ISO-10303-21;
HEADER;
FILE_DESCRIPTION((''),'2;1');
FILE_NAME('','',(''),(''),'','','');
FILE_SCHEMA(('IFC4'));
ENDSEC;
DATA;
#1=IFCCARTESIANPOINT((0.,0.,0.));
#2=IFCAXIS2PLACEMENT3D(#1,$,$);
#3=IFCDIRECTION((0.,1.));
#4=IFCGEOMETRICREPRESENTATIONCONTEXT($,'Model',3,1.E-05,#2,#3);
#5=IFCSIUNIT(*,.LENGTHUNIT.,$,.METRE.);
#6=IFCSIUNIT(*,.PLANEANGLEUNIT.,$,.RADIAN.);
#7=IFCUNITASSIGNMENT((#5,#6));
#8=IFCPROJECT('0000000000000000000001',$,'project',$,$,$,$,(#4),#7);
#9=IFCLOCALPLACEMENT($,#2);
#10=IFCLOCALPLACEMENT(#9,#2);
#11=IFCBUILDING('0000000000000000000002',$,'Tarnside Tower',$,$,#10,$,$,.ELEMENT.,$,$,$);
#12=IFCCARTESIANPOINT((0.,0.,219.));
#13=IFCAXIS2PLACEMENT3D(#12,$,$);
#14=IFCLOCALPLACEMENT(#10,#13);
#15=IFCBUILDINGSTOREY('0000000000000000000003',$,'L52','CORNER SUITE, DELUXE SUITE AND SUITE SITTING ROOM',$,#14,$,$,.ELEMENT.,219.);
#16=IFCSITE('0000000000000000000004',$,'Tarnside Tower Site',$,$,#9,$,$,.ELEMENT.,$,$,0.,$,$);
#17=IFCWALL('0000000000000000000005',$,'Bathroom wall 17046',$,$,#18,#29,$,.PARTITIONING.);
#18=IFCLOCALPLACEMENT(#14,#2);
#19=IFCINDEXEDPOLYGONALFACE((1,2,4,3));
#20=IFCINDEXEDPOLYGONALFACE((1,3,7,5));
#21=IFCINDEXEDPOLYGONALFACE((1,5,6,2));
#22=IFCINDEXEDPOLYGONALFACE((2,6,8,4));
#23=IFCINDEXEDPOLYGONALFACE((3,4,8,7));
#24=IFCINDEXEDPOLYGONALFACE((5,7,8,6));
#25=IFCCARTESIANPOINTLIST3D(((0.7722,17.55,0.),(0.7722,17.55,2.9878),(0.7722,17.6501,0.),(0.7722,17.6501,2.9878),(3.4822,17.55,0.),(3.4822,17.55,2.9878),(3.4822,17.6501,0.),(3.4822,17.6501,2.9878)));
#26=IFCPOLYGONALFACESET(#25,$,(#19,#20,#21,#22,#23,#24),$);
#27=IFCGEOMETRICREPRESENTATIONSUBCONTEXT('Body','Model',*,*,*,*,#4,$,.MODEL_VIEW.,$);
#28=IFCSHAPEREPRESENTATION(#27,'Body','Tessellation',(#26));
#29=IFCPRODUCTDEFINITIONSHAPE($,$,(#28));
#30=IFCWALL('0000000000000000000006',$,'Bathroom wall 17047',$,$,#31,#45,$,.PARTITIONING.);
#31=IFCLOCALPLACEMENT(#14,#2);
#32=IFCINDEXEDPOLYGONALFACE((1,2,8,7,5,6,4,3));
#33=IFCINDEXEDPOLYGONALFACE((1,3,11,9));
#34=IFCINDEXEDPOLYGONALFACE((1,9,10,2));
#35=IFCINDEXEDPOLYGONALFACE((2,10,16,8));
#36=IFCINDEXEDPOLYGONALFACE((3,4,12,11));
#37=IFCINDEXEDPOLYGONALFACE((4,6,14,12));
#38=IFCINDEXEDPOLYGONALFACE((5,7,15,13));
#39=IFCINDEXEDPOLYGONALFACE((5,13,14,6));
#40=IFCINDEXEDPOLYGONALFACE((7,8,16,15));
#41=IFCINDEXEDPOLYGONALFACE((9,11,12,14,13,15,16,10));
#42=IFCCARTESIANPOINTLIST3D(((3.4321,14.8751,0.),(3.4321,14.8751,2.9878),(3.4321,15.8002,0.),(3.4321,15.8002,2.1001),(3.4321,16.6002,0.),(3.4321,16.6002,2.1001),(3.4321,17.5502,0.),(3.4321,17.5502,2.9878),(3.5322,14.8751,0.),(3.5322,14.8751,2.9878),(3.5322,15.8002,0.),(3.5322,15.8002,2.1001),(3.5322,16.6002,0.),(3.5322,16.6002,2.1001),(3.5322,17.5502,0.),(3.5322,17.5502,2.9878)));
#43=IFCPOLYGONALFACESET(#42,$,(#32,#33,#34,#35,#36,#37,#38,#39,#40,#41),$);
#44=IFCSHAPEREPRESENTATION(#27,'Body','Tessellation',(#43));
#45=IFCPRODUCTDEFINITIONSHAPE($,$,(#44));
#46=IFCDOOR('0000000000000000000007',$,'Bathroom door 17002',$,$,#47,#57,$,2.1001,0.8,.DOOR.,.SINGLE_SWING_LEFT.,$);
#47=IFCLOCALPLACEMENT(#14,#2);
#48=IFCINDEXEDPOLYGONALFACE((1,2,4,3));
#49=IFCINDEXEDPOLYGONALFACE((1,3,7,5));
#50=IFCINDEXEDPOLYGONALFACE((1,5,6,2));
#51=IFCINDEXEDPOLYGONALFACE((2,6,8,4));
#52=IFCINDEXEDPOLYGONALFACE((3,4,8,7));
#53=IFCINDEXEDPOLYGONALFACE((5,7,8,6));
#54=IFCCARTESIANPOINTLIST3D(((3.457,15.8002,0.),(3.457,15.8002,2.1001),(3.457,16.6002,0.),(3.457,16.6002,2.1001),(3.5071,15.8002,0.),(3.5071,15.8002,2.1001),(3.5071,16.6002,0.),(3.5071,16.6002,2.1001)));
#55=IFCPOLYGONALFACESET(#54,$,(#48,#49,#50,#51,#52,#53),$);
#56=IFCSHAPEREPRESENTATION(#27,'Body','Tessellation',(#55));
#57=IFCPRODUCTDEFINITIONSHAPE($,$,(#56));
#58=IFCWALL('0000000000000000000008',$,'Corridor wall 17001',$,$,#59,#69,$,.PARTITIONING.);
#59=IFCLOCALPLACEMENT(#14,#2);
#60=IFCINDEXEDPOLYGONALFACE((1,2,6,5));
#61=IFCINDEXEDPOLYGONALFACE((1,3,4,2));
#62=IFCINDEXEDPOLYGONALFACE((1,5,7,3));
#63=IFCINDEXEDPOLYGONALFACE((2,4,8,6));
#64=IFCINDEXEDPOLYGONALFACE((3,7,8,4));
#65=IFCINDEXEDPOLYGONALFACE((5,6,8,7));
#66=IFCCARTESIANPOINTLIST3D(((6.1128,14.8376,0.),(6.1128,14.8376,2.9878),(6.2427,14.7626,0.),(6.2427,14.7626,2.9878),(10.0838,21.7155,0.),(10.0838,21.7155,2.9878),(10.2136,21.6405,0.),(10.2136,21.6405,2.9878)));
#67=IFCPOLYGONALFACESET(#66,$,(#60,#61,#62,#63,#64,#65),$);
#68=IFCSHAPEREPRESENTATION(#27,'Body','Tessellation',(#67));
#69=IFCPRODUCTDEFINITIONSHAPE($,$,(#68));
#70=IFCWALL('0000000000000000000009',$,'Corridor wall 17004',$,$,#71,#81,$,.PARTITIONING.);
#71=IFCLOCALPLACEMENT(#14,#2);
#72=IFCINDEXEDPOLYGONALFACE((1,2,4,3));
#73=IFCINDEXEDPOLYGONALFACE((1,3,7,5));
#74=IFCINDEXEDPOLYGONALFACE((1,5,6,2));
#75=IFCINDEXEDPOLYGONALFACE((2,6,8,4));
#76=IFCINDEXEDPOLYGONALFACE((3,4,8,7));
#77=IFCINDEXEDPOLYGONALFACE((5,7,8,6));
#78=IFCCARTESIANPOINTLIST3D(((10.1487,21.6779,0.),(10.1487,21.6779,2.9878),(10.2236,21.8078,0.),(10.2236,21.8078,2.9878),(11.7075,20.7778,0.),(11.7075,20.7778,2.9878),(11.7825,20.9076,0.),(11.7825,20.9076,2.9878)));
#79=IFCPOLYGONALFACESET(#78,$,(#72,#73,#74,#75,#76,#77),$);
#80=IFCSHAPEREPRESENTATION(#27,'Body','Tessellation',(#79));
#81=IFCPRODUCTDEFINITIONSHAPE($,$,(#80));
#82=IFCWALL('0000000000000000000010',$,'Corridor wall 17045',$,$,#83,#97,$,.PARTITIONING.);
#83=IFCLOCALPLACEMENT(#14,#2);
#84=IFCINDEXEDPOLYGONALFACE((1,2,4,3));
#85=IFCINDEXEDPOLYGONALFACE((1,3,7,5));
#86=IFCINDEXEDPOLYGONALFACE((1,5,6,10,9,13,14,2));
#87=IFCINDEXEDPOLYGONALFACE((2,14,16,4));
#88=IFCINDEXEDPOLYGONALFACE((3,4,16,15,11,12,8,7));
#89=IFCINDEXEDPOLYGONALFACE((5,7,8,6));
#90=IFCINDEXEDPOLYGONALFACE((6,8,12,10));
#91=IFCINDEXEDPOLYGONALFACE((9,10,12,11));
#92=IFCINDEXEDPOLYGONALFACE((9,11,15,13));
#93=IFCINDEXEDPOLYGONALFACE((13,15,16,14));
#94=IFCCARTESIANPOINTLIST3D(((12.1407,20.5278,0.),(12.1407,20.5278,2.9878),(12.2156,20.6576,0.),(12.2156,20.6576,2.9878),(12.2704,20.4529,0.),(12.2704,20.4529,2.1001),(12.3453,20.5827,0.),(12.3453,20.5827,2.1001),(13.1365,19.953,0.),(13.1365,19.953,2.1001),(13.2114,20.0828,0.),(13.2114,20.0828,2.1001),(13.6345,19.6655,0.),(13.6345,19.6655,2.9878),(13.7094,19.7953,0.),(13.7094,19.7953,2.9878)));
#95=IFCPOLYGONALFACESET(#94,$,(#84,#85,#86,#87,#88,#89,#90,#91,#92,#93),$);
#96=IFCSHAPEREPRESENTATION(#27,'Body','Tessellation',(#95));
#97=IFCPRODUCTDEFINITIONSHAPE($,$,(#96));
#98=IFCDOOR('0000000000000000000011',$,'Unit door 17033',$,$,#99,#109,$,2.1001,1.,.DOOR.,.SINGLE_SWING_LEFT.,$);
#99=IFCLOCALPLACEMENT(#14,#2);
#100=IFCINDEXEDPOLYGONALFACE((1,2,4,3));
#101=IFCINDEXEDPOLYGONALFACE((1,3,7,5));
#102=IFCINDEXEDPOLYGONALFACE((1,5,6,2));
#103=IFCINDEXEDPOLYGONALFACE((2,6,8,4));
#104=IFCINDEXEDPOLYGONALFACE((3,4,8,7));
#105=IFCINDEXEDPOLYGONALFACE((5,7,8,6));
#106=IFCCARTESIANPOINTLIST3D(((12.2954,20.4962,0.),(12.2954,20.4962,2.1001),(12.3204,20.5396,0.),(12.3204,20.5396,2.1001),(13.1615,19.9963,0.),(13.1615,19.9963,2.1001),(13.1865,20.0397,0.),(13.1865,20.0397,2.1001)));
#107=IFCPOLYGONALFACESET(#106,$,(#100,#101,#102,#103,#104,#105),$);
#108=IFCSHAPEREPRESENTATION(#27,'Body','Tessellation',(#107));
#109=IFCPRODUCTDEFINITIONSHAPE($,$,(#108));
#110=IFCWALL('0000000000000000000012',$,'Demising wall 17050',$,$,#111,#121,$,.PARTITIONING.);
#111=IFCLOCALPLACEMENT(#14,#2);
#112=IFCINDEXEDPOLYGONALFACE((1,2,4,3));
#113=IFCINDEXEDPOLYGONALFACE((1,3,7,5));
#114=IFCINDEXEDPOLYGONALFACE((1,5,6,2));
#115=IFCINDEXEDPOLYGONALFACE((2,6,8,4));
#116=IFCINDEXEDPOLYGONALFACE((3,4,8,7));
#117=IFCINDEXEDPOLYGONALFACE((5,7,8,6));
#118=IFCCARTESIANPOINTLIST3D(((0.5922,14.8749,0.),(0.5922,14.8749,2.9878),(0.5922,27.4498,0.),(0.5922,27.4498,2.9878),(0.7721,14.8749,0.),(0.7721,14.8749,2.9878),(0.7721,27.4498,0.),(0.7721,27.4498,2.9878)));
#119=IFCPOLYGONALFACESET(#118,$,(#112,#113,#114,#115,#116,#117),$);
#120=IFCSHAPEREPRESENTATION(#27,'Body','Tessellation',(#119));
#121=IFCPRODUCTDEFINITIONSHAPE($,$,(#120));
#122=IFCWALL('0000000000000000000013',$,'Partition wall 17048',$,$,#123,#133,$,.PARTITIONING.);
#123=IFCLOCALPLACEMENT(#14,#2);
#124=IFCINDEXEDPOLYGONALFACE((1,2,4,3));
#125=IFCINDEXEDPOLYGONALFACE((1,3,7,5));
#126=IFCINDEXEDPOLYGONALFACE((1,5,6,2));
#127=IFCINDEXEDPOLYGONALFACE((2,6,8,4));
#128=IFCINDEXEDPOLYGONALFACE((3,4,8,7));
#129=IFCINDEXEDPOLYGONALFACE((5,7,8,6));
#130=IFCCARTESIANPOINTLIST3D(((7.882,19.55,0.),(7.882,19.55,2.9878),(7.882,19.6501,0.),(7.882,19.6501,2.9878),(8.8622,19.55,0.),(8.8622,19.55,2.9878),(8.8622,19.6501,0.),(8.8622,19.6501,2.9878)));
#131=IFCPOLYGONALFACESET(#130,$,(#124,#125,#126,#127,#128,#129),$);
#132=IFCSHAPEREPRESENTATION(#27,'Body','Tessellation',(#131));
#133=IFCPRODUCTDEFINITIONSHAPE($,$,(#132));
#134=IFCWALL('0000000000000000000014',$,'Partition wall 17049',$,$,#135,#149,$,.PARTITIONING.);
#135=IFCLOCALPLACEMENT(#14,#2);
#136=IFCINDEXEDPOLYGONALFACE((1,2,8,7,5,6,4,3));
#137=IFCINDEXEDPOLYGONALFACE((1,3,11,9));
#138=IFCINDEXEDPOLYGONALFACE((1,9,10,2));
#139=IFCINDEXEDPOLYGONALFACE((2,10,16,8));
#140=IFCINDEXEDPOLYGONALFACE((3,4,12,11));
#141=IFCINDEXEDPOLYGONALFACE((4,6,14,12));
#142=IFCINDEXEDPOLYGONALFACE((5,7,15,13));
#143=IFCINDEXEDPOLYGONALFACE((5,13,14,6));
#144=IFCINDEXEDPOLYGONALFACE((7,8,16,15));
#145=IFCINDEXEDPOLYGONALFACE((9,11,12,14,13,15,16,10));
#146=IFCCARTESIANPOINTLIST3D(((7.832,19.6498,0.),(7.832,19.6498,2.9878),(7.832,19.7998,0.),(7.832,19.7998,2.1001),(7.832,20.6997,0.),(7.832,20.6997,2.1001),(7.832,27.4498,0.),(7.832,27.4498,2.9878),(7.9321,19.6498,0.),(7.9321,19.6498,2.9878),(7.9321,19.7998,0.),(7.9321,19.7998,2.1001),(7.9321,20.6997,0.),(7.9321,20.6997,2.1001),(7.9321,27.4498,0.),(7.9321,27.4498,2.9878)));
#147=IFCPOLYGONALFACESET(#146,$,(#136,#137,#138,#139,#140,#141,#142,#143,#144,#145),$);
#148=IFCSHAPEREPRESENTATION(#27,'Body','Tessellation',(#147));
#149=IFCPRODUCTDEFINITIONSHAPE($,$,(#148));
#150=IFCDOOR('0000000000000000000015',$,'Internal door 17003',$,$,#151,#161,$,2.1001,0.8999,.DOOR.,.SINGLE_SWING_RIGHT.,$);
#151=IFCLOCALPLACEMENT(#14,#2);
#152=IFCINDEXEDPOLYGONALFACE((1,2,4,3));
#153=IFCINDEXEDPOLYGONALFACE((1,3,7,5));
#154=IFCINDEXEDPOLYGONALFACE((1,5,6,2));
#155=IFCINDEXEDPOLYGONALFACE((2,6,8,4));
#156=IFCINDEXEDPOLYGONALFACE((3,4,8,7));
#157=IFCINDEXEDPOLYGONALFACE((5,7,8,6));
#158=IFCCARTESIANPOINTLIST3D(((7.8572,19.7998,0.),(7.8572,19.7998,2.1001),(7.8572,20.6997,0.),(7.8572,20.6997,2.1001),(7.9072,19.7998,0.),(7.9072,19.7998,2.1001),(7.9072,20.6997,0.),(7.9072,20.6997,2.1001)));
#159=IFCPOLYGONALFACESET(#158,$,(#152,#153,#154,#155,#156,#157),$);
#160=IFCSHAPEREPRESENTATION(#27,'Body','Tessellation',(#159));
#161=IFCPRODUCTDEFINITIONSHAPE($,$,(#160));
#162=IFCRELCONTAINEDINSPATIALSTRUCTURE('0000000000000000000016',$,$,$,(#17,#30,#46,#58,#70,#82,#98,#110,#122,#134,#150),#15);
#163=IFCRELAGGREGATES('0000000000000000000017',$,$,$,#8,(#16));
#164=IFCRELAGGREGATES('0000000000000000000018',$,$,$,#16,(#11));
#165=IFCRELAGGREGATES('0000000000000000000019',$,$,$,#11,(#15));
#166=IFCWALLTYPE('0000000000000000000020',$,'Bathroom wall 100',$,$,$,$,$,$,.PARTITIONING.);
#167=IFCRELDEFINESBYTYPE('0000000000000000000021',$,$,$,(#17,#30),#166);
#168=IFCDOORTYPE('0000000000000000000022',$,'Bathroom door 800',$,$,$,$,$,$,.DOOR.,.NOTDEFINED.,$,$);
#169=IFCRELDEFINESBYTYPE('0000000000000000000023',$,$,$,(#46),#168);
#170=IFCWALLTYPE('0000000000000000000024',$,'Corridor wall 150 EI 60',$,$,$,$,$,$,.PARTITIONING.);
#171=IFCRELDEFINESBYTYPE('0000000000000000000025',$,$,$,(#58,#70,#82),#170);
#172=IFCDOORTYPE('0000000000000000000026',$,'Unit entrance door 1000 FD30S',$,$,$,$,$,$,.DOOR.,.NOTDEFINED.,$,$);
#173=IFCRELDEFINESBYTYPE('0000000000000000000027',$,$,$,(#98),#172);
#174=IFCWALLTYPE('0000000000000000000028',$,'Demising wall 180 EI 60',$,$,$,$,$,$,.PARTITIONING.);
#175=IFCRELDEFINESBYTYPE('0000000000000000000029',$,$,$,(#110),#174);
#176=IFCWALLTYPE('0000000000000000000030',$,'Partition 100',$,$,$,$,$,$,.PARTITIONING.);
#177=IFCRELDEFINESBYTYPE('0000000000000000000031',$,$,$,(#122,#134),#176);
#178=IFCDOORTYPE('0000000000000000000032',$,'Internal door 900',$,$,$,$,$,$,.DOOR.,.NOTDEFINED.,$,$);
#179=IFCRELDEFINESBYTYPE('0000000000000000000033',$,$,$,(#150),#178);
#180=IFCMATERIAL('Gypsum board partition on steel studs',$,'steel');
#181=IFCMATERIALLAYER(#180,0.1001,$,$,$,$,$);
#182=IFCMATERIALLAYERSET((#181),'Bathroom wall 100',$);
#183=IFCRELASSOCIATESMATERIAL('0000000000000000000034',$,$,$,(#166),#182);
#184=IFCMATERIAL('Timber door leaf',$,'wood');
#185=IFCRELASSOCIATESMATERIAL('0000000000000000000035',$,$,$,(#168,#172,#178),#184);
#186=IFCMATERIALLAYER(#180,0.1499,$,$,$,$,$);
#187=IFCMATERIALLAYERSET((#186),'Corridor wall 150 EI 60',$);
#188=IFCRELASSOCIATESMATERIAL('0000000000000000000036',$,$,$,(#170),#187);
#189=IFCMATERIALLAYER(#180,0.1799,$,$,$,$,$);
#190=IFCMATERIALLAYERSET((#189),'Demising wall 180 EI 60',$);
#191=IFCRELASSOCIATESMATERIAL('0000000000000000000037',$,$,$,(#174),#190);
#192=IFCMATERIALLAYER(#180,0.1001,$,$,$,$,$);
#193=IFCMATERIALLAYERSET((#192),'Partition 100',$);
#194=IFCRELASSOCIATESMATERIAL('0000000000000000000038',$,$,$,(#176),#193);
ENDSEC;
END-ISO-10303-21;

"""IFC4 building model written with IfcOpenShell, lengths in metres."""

from ifc_helpers import new_model, si_unit, direction, frame, frame_2d, origin, place, context, subcontext, project, spatial, rectangle, extrude, material, layer, layer_set, type_object, element, fill, save


model = new_model("IFC4")

# Units and contexts
model_context = context("Model", 3, precision=1e-05, world=origin(), true_north=direction((0.0, 1.0)))
body_context = subcontext(model_context, "Body", "Model", "MODEL_VIEW")
ifc_project = project(units=[si_unit("LENGTHUNIT", "METRE"), si_unit("PLANEANGLEUNIT", "RADIAN")], contexts=[model_context])

# Site, building, storey
site_placement = place(None, origin())
site = spatial("IfcSite", under=ifc_project, at=site_placement, Name="Tarnside Tower Site", CompositionType="ELEMENT", RefElevation=0.0)
building_placement = place(site_placement, origin())
building = spatial("IfcBuilding", under=site, at=building_placement, Name="Tarnside Tower", CompositionType="ELEMENT")
storey_placement = place(building_placement, frame((0.0, 0.0, 219.0)))
storey = spatial("IfcBuildingStorey", under=building, at=storey_placement, Name="L52", Description="CORNER SUITE, DELUXE SUITE AND SUITE SITTING ROOM", CompositionType="ELEMENT", Elevation=219.0)

# Wall
ifc_material_1 = material(Name="Gypsum board partition on steel studs", Category="steel")
ifc_layer_1 = layer(ifc_material_1, 0.1001)
ifc_layer_set_1 = layer_set([ifc_layer_1], Name="Bathroom wall 100")
wall_type_1 = type_object("IfcWallType", Name="Bathroom wall 100", PredefinedType="PARTITIONING", material=ifc_layer_set_1)
wall_1_placement = place(storey_placement, frame((0.7722, 17.6001, 0.0), z_axis=(0.0, 0.0, 1.0), x_axis=(1.0, 0.0, 0.0)))
element("IfcWall", 1, at=wall_1_placement, inside=storey, type_object=wall_type_1, Name="Bathroom wall 17046", PredefinedType="PARTITIONING", context=body_context, shape_type="SweptSolid", body=[
    extrude(rectangle(XDim=2.71, YDim=0.1001, at=frame_2d((1.355, 0.0))), origin(), (0.0, 0.0, 1.0), 2.9878),
])

# Wall, opening, door
wall_2_placement = place(storey_placement, frame((3.4822, 17.55, 0.0), z_axis=(0.0, 0.0, 1.0), x_axis=(0.0, -1.0, 0.0)))
wall_2 = element("IfcWall", 2, at=wall_2_placement, inside=storey, type_object=wall_type_1, Name="Bathroom wall 17047", PredefinedType="PARTITIONING", context=body_context, shape_type="SweptSolid", body=[
    extrude(rectangle(XDim=2.675, YDim=0.1001, at=frame_2d((1.3374, 0.0))), origin(), (0.0, 0.0, 1.0), 2.9878),
])
opening_1_placement = place(wall_2_placement, frame((0.95, 0.0, 0.0)))
opening_1 = element("IfcOpeningElement", 3, at=opening_1_placement, cuts=wall_2, PredefinedType="OPENING", context=body_context, shape_type="SweptSolid", body=[
    extrude(rectangle(XDim=0.8, YDim=2.1001, at=frame_2d((0.3999, 1.05))), frame((0.0, 0.0601, 0.0), z_axis=(0.0, -1.0, 0.0), x_axis=(1.0, 0.0, 0.0)), (0.0, 0.0, 1.0), 0.1201),
])
ifc_material_2 = material(Name="Timber door leaf", Category="wood")
door_type_1 = type_object("IfcDoorType", Name="Bathroom door 800", OperationType="NOTDEFINED", PredefinedType="DOOR", material=ifc_material_2)
door_1_placement = place(opening_1_placement, origin())
door_1 = element("IfcDoor", 4, at=door_1_placement, inside=storey, type_object=door_type_1, Name="Bathroom door 17002", OperationType="SINGLE_SWING_LEFT", OverallHeight=2.1001, OverallWidth=0.8, PredefinedType="DOOR", context=body_context, shape_type="SweptSolid", body=[
    extrude(rectangle(XDim=0.8, YDim=2.1001, at=frame_2d((0.3999, 1.05))), frame((0.0, 0.0249, 0.0), z_axis=(0.0, -1.0, 0.0), x_axis=(1.0, 0.0, 0.0)), (0.0, 0.0, 1.0), 0.05),
])
fill(opening_1, door_1)

# Walls
ifc_layer_2 = layer(ifc_material_1, 0.1499)
ifc_layer_set_2 = layer_set([ifc_layer_2], Name="Corridor wall 150 EI 60")
wall_type_2 = type_object("IfcWallType", Name="Corridor wall 150 EI 60", PredefinedType="PARTITIONING", material=ifc_layer_set_2)
wall_3_placement = place(storey_placement, frame((10.1487, 21.678, 0.0), z_axis=(0.0, 0.0, 1.0), x_axis=(-0.499997, -0.866027, 0.0)))
element("IfcWall", 5, at=wall_3_placement, inside=storey, type_object=wall_type_2, Name="Corridor wall 17001", PredefinedType="PARTITIONING", context=body_context, shape_type="SweptSolid", body=[
    extrude(rectangle(XDim=7.9419, YDim=0.1499, at=frame_2d((3.9709, 0.0))), origin(), (0.0, 0.0, 1.0), 2.9878),
])
wall_4_placement = place(storey_placement, frame((11.7449, 20.8428, 0.0), z_axis=(0.0, 0.0, 1.0), x_axis=(-0.865989, 0.500063, 0.0)))
element("IfcWall", 6, at=wall_4_placement, inside=storey, type_object=wall_type_2, Name="Corridor wall 17004", PredefinedType="PARTITIONING", context=body_context, shape_type="SweptSolid", body=[
    extrude(rectangle(XDim=1.8, YDim=0.1499, at=frame_2d((0.8999, 0.0))), origin(), (0.0, 0.0, 1.0), 2.9878),
])

# Wall, opening, door
wall_5_placement = place(storey_placement, frame((13.6719, 19.7305, 0.0), z_axis=(0.0, 0.0, 1.0), x_axis=(-0.866075, 0.499914, 0.0)))
wall_5 = element("IfcWall", 7, at=wall_5_placement, inside=storey, type_object=wall_type_2, Name="Corridor wall 17045", PredefinedType="PARTITIONING", context=body_context, shape_type="SweptSolid", body=[
    extrude(rectangle(XDim=1.7249, YDim=0.1499, at=frame_2d((0.8623, 0.0))), origin(), (0.0, 0.0, 1.0), 2.9878),
])
opening_2_placement = place(wall_5_placement, frame((0.575, 0.0, 0.0)))
opening_2 = element("IfcOpeningElement", 8, at=opening_2_placement, cuts=wall_5, PredefinedType="OPENING", context=body_context, shape_type="SweptSolid", body=[
    extrude(rectangle(XDim=1.0, YDim=2.1001, at=frame_2d((0.5, 1.05))), frame((0.0, 0.085, 0.0), z_axis=(0.0, -1.0, 0.0), x_axis=(1.0, 0.0, 0.0)), (0.0, 0.0, 1.0), 0.1699),
])
door_type_2 = type_object("IfcDoorType", Name="Unit entrance door 1000 FD30S", OperationType="NOTDEFINED", PredefinedType="DOOR", material=ifc_material_2)
door_2_placement = place(opening_2_placement, origin())
door_2 = element("IfcDoor", 9, at=door_2_placement, inside=storey, type_object=door_type_2, Name="Unit door 17033", OperationType="SINGLE_SWING_LEFT", OverallHeight=2.1001, OverallWidth=1.0, PredefinedType="DOOR", context=body_context, shape_type="SweptSolid", body=[
    extrude(rectangle(XDim=1.0, YDim=2.1001, at=frame_2d((0.5, 1.05))), frame((0.0, 0.0249, 0.0), z_axis=(0.0, -1.0, 0.0), x_axis=(1.0, 0.0, 0.0)), (0.0, 0.0, 1.0), 0.05),
])
fill(opening_2, door_2)

# Walls
ifc_layer_3 = layer(ifc_material_1, 0.1799)
ifc_layer_set_3 = layer_set([ifc_layer_3], Name="Demising wall 180 EI 60")
wall_type_3 = type_object("IfcWallType", Name="Demising wall 180 EI 60", PredefinedType="PARTITIONING", material=ifc_layer_set_3)
wall_6_placement = place(storey_placement, frame((0.6821, 27.45, 0.0), z_axis=(0.0, 0.0, 1.0), x_axis=(0.0, -1.0, 0.0)))
element("IfcWall", 10, at=wall_6_placement, inside=storey, type_object=wall_type_3, Name="Demising wall 17050", PredefinedType="PARTITIONING", context=body_context, shape_type="SweptSolid", body=[
    extrude(rectangle(XDim=12.575, YDim=0.1799, at=frame_2d((6.2876, 0.0))), origin(), (0.0, 0.0, 1.0), 2.9878),
])
ifc_layer_4 = layer(ifc_material_1, 0.1001)
ifc_layer_set_4 = layer_set([ifc_layer_4], Name="Partition 100")
wall_type_4 = type_object("IfcWallType", Name="Partition 100", PredefinedType="PARTITIONING", material=ifc_layer_set_4)
wall_7_placement = place(storey_placement, frame((8.8623, 19.6001, 0.0), z_axis=(0.0, 0.0, 1.0), x_axis=(-1.0, 0.0, 0.0)))
element("IfcWall", 11, at=wall_7_placement, inside=storey, type_object=wall_type_4, Name="Partition wall 17048", PredefinedType="PARTITIONING", context=body_context, shape_type="SweptSolid", body=[
    extrude(rectangle(XDim=0.9802, YDim=0.1001, at=frame_2d((0.4902, 0.0))), origin(), (0.0, 0.0, 1.0), 2.9878),
])

# Wall, opening, door
wall_8_placement = place(storey_placement, frame((7.8821, 19.6499, 0.0), z_axis=(0.0, 0.0, 1.0), x_axis=(0.0, 1.0, 0.0)))
wall_8 = element("IfcWall", 12, at=wall_8_placement, inside=storey, type_object=wall_type_4, Name="Partition wall 17049", PredefinedType="PARTITIONING", context=body_context, shape_type="SweptSolid", body=[
    extrude(rectangle(XDim=7.8, YDim=0.1001, at=frame_2d((3.8999, 0.0))), origin(), (0.0, 0.0, 1.0), 2.9878),
])
opening_3_placement = place(wall_8_placement, frame((0.1499, 0.0, 0.0)))
opening_3 = element("IfcOpeningElement", 13, at=opening_3_placement, cuts=wall_8, PredefinedType="OPENING", context=body_context, shape_type="SweptSolid", body=[
    extrude(rectangle(XDim=0.8999, YDim=2.1001, at=frame_2d((0.45, 1.05))), frame((0.0, 0.0601, 0.0), z_axis=(0.0, -1.0, 0.0), x_axis=(1.0, 0.0, 0.0)), (0.0, 0.0, 1.0), 0.1201),
])
door_type_3 = type_object("IfcDoorType", Name="Internal door 900", OperationType="NOTDEFINED", PredefinedType="DOOR", material=ifc_material_2)
door_3_placement = place(opening_3_placement, origin())
door_3 = element("IfcDoor", 14, at=door_3_placement, inside=storey, type_object=door_type_3, Name="Internal door 17003", OperationType="SINGLE_SWING_RIGHT", OverallHeight=2.1001, OverallWidth=0.8999, PredefinedType="DOOR", context=body_context, shape_type="SweptSolid", body=[
    extrude(rectangle(XDim=0.8999, YDim=2.1001, at=frame_2d((0.45, 1.05))), frame((0.0, 0.0249, 0.0), z_axis=(0.0, -1.0, 0.0), x_axis=(1.0, 0.0, 0.0)), (0.0, 0.0, 1.0), 0.05),
])
fill(opening_3, door_3)

save(model, "model.ifc")
